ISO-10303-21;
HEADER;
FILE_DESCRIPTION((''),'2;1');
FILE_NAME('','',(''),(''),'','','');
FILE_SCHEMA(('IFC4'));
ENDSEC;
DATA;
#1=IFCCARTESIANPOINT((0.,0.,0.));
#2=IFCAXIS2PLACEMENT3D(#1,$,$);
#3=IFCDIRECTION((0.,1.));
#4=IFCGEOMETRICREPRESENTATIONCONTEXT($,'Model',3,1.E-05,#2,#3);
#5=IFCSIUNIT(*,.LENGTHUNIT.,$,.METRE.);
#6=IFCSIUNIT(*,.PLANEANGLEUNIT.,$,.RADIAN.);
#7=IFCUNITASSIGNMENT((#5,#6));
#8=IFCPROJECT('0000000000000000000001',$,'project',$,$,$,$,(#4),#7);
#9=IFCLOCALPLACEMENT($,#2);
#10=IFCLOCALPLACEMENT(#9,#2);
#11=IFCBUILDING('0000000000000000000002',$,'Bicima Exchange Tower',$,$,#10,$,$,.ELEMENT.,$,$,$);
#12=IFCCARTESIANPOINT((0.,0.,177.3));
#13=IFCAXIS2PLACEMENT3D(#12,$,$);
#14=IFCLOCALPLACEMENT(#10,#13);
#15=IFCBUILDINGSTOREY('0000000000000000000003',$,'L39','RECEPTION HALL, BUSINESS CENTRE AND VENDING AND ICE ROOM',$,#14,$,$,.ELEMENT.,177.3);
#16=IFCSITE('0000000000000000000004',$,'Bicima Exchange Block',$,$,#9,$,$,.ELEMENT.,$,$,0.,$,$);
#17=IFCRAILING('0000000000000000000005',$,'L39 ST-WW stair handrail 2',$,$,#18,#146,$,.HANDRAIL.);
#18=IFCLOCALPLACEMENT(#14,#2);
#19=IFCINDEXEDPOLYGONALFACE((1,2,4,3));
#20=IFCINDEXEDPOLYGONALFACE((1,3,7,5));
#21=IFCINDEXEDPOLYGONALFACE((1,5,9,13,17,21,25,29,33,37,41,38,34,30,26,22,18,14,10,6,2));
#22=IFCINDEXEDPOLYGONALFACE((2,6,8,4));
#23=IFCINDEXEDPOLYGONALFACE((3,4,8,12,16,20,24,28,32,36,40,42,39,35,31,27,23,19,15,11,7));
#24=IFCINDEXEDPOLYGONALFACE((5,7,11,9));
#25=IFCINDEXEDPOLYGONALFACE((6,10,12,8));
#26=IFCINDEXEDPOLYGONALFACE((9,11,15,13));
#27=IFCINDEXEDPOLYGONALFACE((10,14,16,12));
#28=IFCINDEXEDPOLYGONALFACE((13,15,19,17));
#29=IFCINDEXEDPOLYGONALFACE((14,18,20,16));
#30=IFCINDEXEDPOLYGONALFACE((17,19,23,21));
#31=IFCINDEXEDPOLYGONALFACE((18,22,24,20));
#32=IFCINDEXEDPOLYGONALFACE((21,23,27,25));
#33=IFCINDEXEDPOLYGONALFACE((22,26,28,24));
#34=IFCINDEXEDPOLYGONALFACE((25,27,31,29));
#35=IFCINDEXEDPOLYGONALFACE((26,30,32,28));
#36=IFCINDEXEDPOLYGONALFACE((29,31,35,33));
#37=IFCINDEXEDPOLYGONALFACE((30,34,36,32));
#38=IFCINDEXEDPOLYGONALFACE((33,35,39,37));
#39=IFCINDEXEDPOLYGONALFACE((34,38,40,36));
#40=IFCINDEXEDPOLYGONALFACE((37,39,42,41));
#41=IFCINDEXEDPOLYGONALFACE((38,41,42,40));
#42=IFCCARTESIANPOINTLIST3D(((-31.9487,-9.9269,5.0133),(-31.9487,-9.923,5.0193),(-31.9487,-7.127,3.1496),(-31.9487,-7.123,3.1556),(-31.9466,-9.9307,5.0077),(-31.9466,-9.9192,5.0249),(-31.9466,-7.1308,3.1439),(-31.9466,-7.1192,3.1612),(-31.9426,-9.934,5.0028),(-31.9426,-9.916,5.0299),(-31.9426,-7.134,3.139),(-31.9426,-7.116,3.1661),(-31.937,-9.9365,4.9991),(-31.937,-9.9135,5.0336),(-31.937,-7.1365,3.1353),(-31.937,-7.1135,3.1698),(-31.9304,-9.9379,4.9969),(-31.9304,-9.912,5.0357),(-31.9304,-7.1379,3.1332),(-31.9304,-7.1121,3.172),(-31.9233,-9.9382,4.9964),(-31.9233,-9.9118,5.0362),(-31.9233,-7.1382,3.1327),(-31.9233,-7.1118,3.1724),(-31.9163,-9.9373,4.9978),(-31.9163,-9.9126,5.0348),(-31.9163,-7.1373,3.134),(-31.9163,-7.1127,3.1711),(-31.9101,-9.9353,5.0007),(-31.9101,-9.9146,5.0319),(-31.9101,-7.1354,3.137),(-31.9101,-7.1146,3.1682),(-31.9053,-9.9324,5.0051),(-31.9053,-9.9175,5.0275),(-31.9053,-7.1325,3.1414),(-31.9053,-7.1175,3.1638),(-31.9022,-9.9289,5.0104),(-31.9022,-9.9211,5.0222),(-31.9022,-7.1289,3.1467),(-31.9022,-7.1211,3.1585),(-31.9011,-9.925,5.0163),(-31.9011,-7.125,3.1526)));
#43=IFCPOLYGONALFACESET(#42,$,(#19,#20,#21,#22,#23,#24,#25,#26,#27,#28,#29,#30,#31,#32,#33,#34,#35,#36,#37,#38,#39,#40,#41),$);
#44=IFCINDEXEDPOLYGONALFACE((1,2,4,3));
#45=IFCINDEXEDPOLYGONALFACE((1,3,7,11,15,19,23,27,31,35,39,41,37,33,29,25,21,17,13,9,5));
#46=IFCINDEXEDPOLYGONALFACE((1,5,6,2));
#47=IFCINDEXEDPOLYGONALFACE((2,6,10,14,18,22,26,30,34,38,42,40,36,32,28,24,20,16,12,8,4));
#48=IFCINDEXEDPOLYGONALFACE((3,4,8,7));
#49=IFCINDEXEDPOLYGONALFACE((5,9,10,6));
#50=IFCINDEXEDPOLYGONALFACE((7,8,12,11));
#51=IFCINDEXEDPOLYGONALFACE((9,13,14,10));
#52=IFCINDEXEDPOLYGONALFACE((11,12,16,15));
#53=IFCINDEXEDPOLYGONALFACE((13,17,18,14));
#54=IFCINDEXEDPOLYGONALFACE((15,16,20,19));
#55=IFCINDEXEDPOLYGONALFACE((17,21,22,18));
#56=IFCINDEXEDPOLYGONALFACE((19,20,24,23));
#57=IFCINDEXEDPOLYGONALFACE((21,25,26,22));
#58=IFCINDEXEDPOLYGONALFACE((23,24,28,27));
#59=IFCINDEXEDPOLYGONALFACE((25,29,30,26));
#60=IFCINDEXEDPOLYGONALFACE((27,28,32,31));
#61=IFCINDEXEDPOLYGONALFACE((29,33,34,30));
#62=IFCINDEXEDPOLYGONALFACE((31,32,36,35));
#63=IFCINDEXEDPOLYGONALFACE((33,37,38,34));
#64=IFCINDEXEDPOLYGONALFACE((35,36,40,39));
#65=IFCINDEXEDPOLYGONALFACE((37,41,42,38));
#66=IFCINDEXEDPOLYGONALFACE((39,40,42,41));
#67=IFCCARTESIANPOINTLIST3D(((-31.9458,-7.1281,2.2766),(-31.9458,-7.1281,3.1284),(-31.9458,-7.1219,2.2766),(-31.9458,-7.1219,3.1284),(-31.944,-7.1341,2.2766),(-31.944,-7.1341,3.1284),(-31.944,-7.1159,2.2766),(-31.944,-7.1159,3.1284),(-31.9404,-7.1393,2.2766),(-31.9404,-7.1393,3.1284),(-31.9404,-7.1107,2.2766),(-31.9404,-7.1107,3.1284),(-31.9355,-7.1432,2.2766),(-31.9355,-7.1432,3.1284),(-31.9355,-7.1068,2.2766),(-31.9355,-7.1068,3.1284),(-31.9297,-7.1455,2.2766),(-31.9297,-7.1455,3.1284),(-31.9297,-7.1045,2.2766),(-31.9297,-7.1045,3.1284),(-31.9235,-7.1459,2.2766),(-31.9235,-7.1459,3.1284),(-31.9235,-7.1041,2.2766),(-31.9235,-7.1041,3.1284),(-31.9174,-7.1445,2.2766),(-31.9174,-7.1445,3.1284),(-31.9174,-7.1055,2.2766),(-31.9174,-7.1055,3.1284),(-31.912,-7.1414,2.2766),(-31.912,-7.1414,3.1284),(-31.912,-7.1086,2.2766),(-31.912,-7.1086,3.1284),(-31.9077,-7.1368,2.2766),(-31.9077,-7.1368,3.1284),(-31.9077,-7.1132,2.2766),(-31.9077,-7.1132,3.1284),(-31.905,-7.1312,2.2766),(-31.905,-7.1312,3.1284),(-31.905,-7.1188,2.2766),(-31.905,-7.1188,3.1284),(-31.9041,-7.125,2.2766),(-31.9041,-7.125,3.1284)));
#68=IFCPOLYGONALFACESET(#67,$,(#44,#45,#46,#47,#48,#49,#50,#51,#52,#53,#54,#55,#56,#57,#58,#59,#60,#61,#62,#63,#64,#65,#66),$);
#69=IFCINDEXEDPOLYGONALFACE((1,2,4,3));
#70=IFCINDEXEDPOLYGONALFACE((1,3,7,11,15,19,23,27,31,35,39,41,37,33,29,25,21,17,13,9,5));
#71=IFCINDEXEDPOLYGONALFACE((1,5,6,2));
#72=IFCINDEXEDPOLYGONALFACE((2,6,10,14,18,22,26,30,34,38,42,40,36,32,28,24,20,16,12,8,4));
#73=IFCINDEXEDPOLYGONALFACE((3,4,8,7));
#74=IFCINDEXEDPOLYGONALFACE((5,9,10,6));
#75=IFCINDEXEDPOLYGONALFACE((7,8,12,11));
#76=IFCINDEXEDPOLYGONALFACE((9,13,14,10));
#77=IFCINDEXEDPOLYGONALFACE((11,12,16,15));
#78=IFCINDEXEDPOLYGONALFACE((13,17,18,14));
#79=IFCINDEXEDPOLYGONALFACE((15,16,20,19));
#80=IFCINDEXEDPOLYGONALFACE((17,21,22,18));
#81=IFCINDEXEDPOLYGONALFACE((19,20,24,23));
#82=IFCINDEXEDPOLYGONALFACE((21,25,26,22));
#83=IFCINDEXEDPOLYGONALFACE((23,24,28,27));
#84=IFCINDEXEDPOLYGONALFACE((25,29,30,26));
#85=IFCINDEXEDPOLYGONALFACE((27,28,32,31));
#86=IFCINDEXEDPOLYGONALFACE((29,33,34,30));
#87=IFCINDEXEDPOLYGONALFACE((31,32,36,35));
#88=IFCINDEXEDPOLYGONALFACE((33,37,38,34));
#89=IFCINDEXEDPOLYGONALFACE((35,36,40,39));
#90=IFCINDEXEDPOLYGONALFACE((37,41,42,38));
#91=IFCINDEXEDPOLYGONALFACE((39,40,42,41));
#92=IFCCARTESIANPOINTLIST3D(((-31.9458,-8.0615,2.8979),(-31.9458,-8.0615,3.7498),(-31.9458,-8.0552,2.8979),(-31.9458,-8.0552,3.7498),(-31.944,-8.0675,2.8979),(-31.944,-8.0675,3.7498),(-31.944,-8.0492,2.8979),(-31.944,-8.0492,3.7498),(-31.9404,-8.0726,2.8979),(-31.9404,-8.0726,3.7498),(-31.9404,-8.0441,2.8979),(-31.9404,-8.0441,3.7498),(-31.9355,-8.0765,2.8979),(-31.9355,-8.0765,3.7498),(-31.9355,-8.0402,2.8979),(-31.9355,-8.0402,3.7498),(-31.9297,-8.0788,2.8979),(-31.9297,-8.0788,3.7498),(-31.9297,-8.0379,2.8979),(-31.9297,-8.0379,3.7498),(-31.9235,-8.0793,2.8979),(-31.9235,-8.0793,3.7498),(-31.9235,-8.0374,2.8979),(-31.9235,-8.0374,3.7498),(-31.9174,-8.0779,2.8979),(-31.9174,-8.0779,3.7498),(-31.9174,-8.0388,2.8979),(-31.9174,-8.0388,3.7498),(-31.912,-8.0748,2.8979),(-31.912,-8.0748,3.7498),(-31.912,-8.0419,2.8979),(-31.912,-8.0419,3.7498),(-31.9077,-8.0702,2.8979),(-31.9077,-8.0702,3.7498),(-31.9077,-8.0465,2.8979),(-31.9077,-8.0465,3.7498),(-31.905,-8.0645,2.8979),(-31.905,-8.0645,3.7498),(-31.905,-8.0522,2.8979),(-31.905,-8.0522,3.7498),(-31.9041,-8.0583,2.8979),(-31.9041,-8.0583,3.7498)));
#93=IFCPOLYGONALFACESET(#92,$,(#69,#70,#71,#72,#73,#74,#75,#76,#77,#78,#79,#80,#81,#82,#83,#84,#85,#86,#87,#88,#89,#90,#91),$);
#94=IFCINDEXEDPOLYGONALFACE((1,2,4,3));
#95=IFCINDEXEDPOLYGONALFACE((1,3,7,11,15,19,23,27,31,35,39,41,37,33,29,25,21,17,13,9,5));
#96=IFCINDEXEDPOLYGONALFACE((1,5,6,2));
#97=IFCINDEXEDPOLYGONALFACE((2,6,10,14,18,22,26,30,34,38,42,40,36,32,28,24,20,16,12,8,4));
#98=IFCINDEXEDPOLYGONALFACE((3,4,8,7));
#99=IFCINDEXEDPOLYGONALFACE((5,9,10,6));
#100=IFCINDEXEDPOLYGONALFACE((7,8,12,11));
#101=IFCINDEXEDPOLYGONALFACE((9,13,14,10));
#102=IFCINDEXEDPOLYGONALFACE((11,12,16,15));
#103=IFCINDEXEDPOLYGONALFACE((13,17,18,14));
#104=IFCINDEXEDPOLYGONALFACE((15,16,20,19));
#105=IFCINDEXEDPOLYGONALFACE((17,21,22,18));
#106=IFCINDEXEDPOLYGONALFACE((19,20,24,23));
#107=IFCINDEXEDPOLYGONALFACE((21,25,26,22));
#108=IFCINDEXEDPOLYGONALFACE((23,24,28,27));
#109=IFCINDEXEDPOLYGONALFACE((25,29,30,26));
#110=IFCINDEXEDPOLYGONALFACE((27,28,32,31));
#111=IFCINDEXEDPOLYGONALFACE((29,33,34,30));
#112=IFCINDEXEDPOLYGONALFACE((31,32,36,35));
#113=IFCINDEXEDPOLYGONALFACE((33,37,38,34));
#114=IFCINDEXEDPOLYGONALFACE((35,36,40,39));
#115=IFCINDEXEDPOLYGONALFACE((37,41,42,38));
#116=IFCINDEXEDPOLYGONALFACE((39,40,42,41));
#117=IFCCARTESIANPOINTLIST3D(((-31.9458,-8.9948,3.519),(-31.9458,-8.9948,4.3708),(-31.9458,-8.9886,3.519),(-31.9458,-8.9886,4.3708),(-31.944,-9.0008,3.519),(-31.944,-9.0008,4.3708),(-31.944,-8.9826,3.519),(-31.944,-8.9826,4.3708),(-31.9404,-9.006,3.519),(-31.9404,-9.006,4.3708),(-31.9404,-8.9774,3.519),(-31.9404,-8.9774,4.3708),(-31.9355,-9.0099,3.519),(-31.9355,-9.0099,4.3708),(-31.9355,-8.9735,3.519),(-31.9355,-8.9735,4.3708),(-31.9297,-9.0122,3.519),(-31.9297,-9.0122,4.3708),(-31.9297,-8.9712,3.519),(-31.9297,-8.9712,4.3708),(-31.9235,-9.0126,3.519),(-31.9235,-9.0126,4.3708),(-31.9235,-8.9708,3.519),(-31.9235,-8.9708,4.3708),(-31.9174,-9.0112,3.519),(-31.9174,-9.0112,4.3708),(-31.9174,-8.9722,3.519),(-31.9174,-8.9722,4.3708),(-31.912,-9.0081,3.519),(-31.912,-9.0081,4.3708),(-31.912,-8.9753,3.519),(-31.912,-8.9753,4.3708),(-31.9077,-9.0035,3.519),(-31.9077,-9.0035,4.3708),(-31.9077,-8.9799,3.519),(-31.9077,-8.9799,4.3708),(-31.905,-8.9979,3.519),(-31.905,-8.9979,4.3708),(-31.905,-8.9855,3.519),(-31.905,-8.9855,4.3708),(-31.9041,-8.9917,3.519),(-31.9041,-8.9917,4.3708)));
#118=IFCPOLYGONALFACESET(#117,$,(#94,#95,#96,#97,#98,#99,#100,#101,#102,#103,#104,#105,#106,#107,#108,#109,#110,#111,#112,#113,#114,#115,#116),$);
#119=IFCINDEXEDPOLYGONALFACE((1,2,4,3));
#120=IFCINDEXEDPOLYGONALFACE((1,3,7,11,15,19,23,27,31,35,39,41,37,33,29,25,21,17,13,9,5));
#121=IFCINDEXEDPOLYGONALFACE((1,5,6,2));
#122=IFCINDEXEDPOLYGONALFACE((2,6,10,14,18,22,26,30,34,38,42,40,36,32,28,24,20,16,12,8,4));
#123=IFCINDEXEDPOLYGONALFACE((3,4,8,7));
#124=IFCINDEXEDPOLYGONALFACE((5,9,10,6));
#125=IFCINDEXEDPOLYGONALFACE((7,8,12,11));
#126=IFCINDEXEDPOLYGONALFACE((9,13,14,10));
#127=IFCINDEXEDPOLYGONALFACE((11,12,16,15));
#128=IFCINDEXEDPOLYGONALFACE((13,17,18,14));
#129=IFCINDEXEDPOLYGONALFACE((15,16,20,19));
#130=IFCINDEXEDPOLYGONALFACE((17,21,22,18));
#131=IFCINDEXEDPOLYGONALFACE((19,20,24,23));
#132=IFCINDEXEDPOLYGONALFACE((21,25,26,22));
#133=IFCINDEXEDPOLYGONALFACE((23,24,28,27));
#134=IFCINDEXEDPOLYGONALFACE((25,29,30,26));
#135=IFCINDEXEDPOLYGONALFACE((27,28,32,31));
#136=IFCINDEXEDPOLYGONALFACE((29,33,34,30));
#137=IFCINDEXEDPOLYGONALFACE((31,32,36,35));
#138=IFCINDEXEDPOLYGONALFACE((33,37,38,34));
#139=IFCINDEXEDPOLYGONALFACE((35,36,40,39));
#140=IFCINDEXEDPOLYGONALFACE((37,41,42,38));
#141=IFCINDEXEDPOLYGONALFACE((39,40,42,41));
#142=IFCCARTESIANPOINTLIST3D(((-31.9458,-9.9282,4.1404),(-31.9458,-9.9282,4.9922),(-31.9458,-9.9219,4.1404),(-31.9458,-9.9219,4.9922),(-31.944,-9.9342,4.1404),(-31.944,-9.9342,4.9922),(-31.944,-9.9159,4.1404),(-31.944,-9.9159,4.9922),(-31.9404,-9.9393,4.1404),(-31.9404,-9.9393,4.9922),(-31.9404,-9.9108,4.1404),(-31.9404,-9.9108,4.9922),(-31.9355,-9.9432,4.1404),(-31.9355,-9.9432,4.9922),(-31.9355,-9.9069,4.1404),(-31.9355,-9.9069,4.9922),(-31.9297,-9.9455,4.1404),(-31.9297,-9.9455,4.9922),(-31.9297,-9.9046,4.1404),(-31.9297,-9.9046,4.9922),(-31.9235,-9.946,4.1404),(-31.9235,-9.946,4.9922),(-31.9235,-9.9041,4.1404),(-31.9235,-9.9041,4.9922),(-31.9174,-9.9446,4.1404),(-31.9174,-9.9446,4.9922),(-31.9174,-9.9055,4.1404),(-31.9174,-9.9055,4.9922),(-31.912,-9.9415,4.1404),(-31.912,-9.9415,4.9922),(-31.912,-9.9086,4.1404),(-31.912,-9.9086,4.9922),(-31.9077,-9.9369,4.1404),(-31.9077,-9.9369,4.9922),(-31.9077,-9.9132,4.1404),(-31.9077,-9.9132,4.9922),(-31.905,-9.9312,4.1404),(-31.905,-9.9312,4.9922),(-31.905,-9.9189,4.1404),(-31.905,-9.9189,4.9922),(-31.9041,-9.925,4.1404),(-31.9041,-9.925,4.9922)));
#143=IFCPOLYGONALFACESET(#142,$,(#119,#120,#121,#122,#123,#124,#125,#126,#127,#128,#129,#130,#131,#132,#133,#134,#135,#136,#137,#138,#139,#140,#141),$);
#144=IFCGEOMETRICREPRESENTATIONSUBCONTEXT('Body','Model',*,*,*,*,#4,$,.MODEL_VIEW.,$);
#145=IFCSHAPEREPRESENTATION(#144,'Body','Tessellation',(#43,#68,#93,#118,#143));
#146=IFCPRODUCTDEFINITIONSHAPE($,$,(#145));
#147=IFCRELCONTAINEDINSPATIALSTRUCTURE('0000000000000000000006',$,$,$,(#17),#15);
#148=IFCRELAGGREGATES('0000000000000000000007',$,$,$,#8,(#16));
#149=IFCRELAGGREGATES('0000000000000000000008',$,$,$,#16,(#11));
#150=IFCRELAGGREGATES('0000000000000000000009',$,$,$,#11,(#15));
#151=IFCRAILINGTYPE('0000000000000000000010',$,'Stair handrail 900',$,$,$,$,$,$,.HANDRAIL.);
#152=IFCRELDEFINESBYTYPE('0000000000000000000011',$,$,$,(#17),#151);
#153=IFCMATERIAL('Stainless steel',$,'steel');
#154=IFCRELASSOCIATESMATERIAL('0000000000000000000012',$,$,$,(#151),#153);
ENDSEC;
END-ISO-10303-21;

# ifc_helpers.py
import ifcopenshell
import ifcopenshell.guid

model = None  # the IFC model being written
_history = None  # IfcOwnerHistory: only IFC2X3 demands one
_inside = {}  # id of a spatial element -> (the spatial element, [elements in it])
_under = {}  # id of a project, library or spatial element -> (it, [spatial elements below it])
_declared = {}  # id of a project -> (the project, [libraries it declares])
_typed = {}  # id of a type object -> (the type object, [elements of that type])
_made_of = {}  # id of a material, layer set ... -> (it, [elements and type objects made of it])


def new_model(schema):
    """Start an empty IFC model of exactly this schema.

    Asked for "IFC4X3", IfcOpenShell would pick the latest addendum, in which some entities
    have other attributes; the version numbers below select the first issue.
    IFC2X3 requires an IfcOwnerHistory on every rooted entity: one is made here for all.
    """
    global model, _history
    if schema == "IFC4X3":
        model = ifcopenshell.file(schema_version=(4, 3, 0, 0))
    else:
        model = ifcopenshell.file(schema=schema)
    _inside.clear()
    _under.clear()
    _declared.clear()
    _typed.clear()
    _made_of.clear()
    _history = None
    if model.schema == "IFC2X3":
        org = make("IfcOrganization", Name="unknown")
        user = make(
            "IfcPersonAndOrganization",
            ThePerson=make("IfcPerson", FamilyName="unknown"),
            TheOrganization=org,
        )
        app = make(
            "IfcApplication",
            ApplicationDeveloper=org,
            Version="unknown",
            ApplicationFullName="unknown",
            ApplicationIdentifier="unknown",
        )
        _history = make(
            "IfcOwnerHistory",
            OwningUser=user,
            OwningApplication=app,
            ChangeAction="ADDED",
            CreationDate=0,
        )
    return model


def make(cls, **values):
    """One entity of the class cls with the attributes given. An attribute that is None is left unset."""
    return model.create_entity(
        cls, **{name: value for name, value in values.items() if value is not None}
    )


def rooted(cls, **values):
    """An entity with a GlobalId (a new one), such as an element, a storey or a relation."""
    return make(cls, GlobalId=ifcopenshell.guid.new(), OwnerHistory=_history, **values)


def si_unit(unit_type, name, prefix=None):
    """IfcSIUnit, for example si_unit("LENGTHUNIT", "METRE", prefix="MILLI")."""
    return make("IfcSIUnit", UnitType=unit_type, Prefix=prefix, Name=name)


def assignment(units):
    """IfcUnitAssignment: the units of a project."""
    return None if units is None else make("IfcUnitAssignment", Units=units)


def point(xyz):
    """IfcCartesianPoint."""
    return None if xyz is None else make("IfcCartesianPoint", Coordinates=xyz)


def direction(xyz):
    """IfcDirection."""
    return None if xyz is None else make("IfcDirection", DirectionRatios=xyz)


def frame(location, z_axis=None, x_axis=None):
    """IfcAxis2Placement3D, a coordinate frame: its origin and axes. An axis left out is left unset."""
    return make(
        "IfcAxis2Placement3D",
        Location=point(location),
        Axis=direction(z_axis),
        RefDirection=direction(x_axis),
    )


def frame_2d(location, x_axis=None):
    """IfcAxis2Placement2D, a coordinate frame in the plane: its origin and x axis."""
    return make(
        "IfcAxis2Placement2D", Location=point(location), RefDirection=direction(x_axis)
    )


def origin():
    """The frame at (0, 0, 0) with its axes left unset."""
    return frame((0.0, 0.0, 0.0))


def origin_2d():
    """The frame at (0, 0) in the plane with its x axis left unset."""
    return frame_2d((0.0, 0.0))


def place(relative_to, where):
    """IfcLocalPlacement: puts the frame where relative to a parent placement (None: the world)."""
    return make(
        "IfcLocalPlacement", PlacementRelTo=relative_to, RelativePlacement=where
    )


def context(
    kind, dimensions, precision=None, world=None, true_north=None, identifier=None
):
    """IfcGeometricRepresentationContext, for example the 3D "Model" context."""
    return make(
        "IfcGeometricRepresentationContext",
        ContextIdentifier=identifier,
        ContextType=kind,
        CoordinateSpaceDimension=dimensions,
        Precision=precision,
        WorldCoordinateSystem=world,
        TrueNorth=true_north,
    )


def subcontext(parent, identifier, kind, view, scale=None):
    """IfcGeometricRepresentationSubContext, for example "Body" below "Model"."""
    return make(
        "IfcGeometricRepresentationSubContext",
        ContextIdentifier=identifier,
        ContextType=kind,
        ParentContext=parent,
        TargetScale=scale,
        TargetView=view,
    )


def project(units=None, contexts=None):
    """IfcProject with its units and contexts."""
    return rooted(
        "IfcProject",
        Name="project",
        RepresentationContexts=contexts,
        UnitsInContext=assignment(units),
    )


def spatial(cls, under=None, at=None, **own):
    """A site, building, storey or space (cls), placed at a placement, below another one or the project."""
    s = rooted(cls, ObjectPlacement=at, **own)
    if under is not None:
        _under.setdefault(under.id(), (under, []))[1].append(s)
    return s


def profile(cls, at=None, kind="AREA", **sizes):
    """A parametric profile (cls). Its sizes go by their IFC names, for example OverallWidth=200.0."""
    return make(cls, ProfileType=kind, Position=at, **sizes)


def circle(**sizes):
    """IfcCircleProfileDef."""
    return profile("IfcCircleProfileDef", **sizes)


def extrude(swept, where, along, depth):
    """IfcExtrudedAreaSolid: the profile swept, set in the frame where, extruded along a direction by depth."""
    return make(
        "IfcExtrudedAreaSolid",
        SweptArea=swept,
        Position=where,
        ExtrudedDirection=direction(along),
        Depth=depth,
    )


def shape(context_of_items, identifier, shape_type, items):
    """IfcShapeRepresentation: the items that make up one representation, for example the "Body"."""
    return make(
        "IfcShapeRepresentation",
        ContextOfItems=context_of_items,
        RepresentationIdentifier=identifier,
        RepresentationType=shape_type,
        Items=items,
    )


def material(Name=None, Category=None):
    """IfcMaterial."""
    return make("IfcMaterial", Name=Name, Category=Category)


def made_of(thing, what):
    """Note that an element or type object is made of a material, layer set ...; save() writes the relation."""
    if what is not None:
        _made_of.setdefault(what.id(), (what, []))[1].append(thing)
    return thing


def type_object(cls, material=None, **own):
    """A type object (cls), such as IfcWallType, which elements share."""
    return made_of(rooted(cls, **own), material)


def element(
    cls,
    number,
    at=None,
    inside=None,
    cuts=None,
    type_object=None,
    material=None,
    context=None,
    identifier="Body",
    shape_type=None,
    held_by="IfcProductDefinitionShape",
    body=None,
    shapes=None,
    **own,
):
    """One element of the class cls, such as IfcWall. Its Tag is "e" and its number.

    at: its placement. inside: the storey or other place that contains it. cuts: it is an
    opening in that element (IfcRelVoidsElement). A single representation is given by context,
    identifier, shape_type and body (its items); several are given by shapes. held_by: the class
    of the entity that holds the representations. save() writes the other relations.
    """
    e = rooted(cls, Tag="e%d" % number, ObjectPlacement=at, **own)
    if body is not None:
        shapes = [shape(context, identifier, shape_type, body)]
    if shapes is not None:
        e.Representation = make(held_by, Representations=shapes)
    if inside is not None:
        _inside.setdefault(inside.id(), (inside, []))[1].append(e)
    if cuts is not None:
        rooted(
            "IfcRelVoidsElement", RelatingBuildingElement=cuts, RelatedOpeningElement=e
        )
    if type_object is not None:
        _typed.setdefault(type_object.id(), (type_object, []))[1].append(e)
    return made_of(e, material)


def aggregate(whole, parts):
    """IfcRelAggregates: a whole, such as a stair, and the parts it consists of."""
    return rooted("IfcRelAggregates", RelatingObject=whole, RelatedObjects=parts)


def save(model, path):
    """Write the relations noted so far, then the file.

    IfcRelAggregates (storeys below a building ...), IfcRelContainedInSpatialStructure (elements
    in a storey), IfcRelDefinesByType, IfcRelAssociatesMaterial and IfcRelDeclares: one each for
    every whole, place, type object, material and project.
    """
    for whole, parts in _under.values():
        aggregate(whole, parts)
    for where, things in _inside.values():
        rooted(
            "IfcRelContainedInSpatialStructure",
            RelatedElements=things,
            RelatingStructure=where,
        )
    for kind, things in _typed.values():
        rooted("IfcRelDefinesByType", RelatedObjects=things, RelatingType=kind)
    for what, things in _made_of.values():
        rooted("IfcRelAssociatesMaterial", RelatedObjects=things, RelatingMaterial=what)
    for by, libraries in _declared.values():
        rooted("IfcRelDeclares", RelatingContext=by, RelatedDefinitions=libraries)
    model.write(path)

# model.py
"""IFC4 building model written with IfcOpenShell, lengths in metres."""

from ifc_helpers import new_model, si_unit, direction, frame, origin, origin_2d, place, context, subcontext, project, spatial, circle, extrude, material, type_object, element, save


model = new_model("IFC4")

# Units and contexts
model_context = context("Model", 3, precision=1e-05, world=origin(), true_north=direction((0.0, 1.0)))
body_context = subcontext(model_context, "Body", "Model", "MODEL_VIEW")
ifc_project = project(units=[si_unit("LENGTHUNIT", "METRE"), si_unit("PLANEANGLEUNIT", "RADIAN")], contexts=[model_context])

# Site, building, storey
site_placement = place(None, origin())
site = spatial("IfcSite", under=ifc_project, at=site_placement, Name="Bicima Exchange Block", CompositionType="ELEMENT", RefElevation=0.0)
building_placement = place(site_placement, origin())
building = spatial("IfcBuilding", under=site, at=building_placement, Name="Bicima Exchange Tower", CompositionType="ELEMENT")
storey_placement = place(building_placement, frame((0.0, 0.0, 177.3)))
storey = spatial("IfcBuildingStorey", under=building, at=storey_placement, Name="L39", Description="RECEPTION HALL, BUSINESS CENTRE AND VENDING AND ICE ROOM", CompositionType="ELEMENT", Elevation=177.3)

# Railing
ifc_material_1 = material(Name="Stainless steel", Category="steel")
railing_type_1 = type_object("IfcRailingType", Name="Stair handrail 900", PredefinedType="HANDRAIL", material=ifc_material_1)
railing_1_placement = place(storey_placement, frame((-31.925, -7.125, 2.2766)))
element("IfcRailing", 1, at=railing_1_placement, inside=storey, type_object=railing_type_1, Name="L39 ST-WW stair handrail 2", PredefinedType="HANDRAIL", context=body_context, shape_type="SweptSolid", body=[
    extrude(circle(Radius=0.0239, at=origin_2d()), frame((0.0, 0.0, 0.876), z_axis=(0.0, -0.832452, 0.554097), x_axis=(1.0, 0.0, 0.0)), (0.0, 0.0, 1.0), 3.3635),
    extrude(circle(Radius=0.021, at=origin_2d()), origin(), (0.0, 0.0, 1.0), 0.8518),
    extrude(circle(Radius=0.021, at=origin_2d()), frame((0.0, -0.9333, 0.6213)), (0.0, 0.0, 1.0), 0.8518),
    extrude(circle(Radius=0.021, at=origin_2d()), frame((0.0, -1.8667, 1.2424)), (0.0, 0.0, 1.0), 0.8518),
    extrude(circle(Radius=0.021, at=origin_2d()), frame((0.0, -2.8, 1.8638)), (0.0, 0.0, 1.0), 0.8518),
])

save(model, "model.ifc")
